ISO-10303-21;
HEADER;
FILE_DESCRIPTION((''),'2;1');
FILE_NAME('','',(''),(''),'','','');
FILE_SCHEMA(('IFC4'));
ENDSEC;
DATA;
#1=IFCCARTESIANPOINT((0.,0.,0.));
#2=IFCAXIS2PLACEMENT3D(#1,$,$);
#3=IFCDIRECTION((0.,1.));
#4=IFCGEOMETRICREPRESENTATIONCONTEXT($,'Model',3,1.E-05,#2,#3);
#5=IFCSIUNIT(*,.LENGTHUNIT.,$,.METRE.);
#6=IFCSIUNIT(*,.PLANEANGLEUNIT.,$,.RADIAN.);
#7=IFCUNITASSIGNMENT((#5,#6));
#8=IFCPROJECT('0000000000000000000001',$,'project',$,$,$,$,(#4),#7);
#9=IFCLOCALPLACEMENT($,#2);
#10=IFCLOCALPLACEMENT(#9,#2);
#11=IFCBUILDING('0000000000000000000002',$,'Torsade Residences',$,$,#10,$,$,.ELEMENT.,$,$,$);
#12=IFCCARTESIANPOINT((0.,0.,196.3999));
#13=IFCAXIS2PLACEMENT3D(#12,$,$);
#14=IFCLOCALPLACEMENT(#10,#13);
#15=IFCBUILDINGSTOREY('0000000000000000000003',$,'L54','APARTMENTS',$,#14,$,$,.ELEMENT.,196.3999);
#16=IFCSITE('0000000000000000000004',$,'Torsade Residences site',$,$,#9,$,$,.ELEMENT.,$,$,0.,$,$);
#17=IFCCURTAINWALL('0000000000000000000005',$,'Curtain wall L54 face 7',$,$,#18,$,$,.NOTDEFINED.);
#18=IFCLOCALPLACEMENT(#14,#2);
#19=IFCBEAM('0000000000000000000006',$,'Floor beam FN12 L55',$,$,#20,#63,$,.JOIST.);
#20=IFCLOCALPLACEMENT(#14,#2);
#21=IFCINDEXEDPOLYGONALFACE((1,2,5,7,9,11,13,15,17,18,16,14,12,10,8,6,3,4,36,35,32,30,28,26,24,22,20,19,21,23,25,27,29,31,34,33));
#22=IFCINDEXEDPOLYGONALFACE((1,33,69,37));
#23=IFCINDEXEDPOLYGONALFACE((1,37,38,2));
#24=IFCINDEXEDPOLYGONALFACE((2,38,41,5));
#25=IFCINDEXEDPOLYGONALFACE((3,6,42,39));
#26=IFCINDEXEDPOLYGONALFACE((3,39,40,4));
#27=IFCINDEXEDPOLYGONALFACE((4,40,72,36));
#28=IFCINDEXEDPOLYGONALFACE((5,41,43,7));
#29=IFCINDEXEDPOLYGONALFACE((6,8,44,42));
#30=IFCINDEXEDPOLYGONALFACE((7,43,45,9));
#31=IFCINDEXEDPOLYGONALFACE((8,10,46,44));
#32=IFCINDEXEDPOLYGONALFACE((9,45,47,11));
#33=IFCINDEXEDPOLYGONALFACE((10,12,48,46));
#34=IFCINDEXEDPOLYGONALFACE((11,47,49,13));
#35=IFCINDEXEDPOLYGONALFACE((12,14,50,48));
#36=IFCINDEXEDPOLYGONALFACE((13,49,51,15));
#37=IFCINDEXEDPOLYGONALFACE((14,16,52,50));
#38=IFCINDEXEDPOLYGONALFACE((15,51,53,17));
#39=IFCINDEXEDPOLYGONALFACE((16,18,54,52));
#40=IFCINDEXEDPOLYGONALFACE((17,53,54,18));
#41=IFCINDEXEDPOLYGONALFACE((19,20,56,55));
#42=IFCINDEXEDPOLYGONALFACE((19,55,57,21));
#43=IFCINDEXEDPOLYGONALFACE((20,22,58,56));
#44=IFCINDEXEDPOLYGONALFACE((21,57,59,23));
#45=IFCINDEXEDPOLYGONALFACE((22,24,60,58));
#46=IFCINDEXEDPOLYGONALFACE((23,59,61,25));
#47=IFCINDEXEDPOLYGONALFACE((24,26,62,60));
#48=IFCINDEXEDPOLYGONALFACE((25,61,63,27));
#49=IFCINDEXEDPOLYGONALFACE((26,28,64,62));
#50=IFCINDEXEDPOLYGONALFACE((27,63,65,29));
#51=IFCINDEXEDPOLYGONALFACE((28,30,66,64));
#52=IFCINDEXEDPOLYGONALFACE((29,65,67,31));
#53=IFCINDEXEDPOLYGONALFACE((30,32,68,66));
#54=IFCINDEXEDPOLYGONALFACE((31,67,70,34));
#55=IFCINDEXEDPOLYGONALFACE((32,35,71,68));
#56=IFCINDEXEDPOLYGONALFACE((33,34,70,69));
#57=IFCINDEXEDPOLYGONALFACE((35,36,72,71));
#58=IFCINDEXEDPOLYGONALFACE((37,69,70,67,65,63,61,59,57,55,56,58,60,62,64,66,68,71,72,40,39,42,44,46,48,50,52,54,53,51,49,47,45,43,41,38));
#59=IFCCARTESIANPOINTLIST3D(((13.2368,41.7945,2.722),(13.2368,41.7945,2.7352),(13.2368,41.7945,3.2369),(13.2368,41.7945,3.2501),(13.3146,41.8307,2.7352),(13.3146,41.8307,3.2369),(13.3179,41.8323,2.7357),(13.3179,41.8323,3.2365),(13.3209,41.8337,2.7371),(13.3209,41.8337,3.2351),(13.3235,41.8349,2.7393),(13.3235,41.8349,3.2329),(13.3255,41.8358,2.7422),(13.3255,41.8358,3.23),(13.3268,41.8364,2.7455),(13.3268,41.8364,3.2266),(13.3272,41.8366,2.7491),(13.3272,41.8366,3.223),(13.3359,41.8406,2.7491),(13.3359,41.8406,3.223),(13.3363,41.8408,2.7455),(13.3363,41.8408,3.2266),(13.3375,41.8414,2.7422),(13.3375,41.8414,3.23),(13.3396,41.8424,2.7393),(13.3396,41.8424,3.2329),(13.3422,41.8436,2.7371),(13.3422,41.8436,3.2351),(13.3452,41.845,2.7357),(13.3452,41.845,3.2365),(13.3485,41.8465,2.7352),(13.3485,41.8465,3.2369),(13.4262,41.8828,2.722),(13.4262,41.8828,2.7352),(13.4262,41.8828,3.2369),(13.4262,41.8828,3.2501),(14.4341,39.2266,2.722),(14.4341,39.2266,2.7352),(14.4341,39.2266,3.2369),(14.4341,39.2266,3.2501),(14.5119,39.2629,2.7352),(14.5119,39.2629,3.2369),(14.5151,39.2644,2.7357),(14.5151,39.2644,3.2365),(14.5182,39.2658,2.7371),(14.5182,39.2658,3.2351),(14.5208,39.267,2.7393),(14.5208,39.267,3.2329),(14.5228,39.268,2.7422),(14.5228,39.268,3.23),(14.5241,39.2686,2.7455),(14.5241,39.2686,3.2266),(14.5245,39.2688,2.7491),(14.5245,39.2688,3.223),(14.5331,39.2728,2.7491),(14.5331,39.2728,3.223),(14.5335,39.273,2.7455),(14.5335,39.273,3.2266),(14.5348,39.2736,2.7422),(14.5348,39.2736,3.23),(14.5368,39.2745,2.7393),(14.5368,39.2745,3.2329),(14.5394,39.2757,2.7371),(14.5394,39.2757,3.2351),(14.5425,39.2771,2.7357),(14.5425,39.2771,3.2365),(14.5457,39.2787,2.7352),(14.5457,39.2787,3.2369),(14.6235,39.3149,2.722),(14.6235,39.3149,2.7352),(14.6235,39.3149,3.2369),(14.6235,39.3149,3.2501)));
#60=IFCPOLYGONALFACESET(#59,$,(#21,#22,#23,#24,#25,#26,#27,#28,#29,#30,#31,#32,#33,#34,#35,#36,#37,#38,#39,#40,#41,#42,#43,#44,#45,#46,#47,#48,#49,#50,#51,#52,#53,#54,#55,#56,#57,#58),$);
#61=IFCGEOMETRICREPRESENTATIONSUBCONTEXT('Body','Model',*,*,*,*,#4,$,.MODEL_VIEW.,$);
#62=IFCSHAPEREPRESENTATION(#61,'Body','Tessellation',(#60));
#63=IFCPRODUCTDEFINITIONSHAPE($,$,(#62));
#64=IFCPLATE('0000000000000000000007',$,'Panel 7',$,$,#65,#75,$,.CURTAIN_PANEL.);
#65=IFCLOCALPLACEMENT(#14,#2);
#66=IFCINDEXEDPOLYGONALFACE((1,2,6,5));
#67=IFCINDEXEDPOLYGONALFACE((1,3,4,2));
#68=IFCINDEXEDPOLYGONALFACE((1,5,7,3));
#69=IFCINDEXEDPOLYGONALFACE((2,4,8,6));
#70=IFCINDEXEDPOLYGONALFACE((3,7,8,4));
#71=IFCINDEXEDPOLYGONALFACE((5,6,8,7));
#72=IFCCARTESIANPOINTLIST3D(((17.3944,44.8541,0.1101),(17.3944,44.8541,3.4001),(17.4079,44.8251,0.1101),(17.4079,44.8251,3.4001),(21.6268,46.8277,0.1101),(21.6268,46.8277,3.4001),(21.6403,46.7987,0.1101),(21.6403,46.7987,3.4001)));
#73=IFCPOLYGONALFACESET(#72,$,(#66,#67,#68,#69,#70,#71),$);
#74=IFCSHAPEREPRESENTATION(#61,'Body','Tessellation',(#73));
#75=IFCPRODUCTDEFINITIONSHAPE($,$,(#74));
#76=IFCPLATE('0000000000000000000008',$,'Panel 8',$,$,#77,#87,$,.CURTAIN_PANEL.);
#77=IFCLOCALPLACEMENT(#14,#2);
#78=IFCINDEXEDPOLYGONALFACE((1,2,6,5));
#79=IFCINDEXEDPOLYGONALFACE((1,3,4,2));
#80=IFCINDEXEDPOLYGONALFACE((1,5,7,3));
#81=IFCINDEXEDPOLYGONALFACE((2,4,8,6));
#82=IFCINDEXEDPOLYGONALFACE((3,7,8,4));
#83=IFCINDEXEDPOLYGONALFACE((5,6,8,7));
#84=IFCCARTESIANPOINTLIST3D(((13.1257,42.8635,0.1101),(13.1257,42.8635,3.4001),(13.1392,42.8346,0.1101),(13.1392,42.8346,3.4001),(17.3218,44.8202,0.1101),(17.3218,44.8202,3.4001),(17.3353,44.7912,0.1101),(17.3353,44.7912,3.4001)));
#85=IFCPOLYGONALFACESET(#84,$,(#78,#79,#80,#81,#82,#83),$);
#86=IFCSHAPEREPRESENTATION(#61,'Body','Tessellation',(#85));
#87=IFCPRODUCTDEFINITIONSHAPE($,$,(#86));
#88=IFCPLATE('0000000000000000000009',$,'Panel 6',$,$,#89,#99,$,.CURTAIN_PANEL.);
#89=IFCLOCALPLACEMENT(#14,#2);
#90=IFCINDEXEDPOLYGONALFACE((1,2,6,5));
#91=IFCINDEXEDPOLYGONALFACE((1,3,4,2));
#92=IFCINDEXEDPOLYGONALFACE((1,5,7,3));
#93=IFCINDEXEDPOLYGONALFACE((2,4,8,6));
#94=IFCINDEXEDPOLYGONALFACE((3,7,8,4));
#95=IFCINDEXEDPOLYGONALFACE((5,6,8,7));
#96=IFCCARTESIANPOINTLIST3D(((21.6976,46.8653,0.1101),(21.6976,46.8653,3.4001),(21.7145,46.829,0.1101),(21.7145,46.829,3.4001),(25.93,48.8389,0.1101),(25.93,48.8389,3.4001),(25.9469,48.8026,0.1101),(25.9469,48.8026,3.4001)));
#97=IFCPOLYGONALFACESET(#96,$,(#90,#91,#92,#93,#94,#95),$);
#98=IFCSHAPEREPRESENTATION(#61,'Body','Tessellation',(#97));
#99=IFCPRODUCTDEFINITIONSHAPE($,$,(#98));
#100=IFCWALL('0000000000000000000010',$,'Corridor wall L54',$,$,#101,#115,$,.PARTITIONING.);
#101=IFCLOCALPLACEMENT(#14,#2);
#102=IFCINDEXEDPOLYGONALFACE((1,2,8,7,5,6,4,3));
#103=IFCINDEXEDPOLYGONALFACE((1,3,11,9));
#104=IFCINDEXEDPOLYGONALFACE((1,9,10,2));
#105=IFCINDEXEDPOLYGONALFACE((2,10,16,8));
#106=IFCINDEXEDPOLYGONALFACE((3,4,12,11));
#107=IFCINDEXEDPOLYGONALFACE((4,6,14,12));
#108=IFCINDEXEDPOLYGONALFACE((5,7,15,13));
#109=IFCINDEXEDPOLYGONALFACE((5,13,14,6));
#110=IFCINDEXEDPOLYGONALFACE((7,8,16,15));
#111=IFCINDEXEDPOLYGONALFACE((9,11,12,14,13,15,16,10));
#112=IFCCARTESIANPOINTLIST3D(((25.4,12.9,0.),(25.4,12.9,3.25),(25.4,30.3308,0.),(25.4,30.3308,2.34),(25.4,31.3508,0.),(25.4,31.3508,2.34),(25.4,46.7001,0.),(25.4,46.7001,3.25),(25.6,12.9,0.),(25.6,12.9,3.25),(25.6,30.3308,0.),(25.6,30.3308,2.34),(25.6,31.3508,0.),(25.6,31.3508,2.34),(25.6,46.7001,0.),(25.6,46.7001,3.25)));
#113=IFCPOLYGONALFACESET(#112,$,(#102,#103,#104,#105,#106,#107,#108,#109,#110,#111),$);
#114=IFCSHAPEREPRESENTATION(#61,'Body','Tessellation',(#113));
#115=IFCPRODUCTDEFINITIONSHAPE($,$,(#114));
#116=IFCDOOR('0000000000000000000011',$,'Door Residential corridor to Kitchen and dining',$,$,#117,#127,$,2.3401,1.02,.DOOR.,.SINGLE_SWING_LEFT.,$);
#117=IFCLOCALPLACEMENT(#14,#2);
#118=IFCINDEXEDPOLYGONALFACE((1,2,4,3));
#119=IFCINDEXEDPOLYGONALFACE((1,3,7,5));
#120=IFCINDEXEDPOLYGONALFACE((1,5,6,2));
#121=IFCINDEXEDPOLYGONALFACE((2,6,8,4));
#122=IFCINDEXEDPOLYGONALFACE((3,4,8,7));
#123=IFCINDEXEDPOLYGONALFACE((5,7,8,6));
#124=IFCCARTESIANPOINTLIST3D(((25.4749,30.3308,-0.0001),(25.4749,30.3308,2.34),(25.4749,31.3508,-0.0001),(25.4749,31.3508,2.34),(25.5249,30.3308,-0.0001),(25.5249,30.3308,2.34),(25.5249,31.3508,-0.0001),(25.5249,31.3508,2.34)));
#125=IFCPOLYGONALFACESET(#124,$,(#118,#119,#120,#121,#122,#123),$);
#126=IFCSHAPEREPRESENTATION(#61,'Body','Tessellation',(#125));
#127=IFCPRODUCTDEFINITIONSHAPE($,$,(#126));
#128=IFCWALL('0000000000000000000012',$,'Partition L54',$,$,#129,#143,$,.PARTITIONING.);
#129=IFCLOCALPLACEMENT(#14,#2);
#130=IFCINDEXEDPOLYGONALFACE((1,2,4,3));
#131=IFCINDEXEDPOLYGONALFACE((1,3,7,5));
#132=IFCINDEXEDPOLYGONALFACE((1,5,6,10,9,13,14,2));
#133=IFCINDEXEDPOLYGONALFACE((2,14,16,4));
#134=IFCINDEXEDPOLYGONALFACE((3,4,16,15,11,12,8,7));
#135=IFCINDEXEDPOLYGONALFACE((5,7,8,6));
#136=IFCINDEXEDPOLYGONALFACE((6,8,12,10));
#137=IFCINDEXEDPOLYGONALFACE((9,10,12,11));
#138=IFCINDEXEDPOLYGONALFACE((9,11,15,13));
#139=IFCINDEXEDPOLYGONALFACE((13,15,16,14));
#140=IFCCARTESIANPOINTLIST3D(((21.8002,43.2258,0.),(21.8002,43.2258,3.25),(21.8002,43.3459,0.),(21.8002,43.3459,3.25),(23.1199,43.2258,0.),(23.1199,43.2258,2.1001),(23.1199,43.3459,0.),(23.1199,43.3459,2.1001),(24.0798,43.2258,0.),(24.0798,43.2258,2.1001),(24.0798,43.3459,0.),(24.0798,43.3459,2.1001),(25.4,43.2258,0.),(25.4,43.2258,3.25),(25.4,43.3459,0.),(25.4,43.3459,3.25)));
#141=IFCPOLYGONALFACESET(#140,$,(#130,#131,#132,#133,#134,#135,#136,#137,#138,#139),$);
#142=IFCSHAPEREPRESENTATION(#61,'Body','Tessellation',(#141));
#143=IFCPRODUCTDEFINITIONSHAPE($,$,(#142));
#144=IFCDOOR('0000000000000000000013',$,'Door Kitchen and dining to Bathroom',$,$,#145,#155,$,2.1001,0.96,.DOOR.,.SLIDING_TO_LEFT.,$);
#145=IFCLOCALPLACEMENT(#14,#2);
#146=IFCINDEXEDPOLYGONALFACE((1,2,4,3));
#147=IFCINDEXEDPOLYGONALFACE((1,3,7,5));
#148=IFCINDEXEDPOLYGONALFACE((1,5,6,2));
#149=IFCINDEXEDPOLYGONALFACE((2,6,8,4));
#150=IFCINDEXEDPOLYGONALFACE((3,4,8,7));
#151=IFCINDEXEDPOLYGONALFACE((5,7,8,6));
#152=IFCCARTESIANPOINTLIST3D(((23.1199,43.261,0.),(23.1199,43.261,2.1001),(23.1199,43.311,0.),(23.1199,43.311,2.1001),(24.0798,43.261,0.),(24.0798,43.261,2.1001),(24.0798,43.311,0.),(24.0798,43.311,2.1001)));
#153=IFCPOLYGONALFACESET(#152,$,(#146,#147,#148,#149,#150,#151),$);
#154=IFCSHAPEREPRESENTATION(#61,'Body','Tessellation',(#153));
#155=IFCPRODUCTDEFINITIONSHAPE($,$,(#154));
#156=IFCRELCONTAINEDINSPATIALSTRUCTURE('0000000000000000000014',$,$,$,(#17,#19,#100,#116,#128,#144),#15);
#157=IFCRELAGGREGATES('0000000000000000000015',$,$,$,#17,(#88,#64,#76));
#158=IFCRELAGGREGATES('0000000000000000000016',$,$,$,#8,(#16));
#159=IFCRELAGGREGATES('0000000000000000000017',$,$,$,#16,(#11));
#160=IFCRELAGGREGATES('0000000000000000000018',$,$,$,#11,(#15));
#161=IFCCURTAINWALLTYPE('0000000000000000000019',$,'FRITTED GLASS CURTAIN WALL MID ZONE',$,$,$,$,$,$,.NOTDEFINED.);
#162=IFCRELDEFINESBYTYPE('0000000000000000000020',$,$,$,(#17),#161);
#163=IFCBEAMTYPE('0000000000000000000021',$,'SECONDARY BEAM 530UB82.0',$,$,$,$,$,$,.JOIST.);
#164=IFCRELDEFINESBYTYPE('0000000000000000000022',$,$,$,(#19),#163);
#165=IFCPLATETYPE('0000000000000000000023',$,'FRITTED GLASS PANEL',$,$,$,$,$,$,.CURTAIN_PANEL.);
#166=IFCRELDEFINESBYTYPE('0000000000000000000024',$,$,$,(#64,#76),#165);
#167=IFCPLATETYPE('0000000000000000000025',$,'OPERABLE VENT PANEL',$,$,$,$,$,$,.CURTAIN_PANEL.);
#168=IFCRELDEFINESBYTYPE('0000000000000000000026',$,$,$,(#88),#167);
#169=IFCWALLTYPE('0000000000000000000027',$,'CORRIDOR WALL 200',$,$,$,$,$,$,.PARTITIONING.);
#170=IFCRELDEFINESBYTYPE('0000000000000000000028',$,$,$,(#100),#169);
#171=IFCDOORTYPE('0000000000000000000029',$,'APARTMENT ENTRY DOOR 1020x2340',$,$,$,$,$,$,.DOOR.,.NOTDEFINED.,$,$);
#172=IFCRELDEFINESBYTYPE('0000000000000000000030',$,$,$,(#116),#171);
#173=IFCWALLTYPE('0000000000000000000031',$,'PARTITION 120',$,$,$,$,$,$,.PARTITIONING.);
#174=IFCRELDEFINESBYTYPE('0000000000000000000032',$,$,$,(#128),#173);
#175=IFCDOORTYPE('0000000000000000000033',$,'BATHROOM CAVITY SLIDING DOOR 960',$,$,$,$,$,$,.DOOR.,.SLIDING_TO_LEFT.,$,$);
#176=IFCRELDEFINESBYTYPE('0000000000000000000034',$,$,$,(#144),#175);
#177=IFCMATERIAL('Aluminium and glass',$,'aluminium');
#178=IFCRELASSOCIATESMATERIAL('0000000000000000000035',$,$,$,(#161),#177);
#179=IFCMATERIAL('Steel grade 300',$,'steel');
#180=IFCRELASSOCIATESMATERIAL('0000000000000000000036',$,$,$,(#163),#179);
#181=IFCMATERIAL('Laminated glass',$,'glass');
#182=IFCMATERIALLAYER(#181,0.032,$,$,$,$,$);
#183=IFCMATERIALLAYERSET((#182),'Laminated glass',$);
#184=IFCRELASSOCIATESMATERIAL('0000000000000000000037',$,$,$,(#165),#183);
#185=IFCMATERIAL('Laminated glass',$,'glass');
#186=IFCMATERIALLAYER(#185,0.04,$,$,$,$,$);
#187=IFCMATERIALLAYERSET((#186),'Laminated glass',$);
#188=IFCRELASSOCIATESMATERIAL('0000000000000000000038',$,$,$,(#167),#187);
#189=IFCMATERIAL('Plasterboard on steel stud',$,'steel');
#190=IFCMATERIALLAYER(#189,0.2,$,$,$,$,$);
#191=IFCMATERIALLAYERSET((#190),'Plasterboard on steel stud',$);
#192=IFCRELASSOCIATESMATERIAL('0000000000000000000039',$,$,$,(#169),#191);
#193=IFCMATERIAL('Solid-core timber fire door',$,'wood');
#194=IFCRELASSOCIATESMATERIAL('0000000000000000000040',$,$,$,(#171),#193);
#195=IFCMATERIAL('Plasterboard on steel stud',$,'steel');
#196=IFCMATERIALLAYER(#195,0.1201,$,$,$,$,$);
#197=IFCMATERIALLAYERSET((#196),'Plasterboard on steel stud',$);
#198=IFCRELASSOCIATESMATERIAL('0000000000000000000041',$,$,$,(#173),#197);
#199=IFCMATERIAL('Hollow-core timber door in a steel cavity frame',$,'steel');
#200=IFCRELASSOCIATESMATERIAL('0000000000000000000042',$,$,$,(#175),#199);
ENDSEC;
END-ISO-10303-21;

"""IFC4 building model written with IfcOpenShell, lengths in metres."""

from ifc_helpers import new_model, si_unit, direction, frame, frame_2d, origin, origin_2d, place, context, subcontext, project, spatial, rectangle, i_section, extrude, material, layer, layer_set, material_profile, profile_set, type_object, element, fill, aggregate, save


model = new_model("IFC4")

# Units and contexts
model_context = context("Model", 3, precision=1e-05, world=origin(), true_north=direction((0.0, 1.0)))
body_context = subcontext(model_context, "Body", "Model", "MODEL_VIEW")
ifc_project = project(units=[si_unit("LENGTHUNIT", "METRE"), si_unit("PLANEANGLEUNIT", "RADIAN")], contexts=[model_context])

# Site, building, storey
site_placement = place(None, origin())
site = spatial("IfcSite", under=ifc_project, at=site_placement, Name="Torsade Residences site", CompositionType="ELEMENT", RefElevation=0.0)
building_placement = place(site_placement, origin())
building = spatial("IfcBuilding", under=site, at=building_placement, Name="Torsade Residences", CompositionType="ELEMENT")
storey_placement = place(building_placement, frame((0.0, 0.0, 196.3999)))
storey = spatial("IfcBuildingStorey", under=building, at=storey_placement, Name="L54", Description="APARTMENTS", CompositionType="ELEMENT", Elevation=196.3999)

# Curtain wall
ifc_material_1 = material(Name="Aluminium and glass", Category="aluminium")
curtain_wall_type = type_object("IfcCurtainWallType", Name="FRITTED GLASS CURTAIN WALL MID ZONE", PredefinedType="NOTDEFINED", material=ifc_material_1)
curtain_wall_placement = place(storey_placement, origin())
curtain_wall = element("IfcCurtainWall", 1, at=curtain_wall_placement, inside=storey, type_object=curtain_wall_type, Name="Curtain wall L54 face 7", PredefinedType="NOTDEFINED")

# Beam
ifc_material_2 = material(Name="Steel grade 300", Category="steel")
ifc_material_profile_1 = material_profile(ifc_material_2, i_section(OverallWidth=0.209, OverallDepth=0.5281, WebThickness=0.0095, FlangeThickness=0.0132, FilletRadius=0.0139, at=origin_2d()), Name="530UB82.0")
ifc_profile_set_1 = profile_set([ifc_material_profile_1], Name="Steel grade 300")
beam_type_1 = type_object("IfcBeamType", Name="SECONDARY BEAM 530UB82.0", PredefinedType="JOIST", material=ifc_profile_set_1)
beam_1_placement = place(storey_placement, frame((13.3315, 41.8386, 2.9861), z_axis=(0.422574, -0.906328, 0.0), x_axis=(0.906328, 0.422574, 0.0)))
element("IfcBeam", 2, at=beam_1_placement, inside=storey, type_object=beam_type_1, Name="Floor beam FN12 L55", PredefinedType="JOIST", context=body_context, shape_type="SweptSolid", body=[
    extrude(i_section(OverallWidth=0.209, OverallDepth=0.5281, WebThickness=0.0095, FlangeThickness=0.0132, FilletRadius=0.0139, at=origin_2d()), origin(), (0.0, 0.0, 1.0), 2.8333),
])

# Plates
ifc_material_3 = material(Name="Laminated glass", Category="glass")
ifc_layer_1 = layer(ifc_material_3, 0.032)
ifc_layer_set_1 = layer_set([ifc_layer_1], Name="Laminated glass")
plate_type_1 = type_object("IfcPlateType", Name="FRITTED GLASS PANEL", PredefinedType="CURTAIN_PANEL", material=ifc_layer_set_1)
plate_1_placement = place(storey_placement, frame((19.5173, 45.8264, 0.1101), z_axis=(0.0, 0.0, 1.0), x_axis=(-0.906308, -0.422618, 0.0)))
plate_1 = element("IfcPlate", 3, at=plate_1_placement, type_object=plate_type_1, Name="Panel 7", PredefinedType="CURTAIN_PANEL", context=body_context, shape_type="SweptSolid", body=[
    extrude(rectangle(XDim=4.6699, YDim=0.032, at=origin_2d()), origin(), (0.0, 0.0, 1.0), 3.29),
])
plate_2_placement = place(storey_placement, frame((15.2305, 43.8274, 0.1101), z_axis=(0.0, 0.0, 1.0), x_axis=(-0.906308, -0.422618, 0.0)))
plate_2 = element("IfcPlate", 4, at=plate_2_placement, type_object=plate_type_1, Name="Panel 8", PredefinedType="CURTAIN_PANEL", context=body_context, shape_type="SweptSolid", body=[
    extrude(rectangle(XDim=4.6299, YDim=0.032, at=origin_2d()), origin(), (0.0, 0.0, 1.0), 3.29),
])
ifc_material_4 = material(Name="Laminated glass", Category="glass")
ifc_layer_2 = layer(ifc_material_4, 0.04)
ifc_layer_set_2 = layer_set([ifc_layer_2], Name="Laminated glass")
plate_type_2 = type_object("IfcPlateType", Name="OPERABLE VENT PANEL", PredefinedType="CURTAIN_PANEL", material=ifc_layer_set_2)
plate_3_placement = place(storey_placement, frame((23.8223, 47.834, 0.1101), z_axis=(0.0, 0.0, 1.0), x_axis=(-0.906308, -0.422618, 0.0)))
plate_3 = element("IfcPlate", 5, at=plate_3_placement, type_object=plate_type_2, Name="Panel 6", PredefinedType="CURTAIN_PANEL", context=body_context, shape_type="SweptSolid", body=[
    extrude(rectangle(XDim=4.6699, YDim=0.04, at=origin_2d()), origin(), (0.0, 0.0, 1.0), 3.29),
])
aggregate(curtain_wall, [plate_3, plate_1, plate_2])

# Walls, openings, doors
ifc_material_5 = material(Name="Plasterboard on steel stud", Category="steel")
ifc_layer_3 = layer(ifc_material_5, 0.2)
ifc_layer_set_3 = layer_set([ifc_layer_3], Name="Plasterboard on steel stud")
wall_type_1 = type_object("IfcWallType", Name="CORRIDOR WALL 200", PredefinedType="PARTITIONING", material=ifc_layer_set_3)
wall_1_placement = place(storey_placement, frame((25.5, 46.7, 0.0), z_axis=(0.0, 0.0, 1.0), x_axis=(0.0, -1.0, 0.0)))
wall_1 = element("IfcWall", 6, at=wall_1_placement, inside=storey, type_object=wall_type_1, Name="Corridor wall L54", PredefinedType="PARTITIONING", context=body_context, shape_type="SweptSolid", body=[
    extrude(rectangle(XDim=33.8, YDim=0.2, at=frame_2d((16.8999, 0.0))), origin(), (0.0, 0.0, 1.0), 3.25),
])
opening_1_placement = place(wall_1_placement, frame((15.3491, 0.0, 0.0)))
opening_1 = element("IfcOpeningElement", 7, at=opening_1_placement, cuts=wall_1, PredefinedType="OPENING", context=body_context, shape_type="SweptSolid", body=[
    extrude(rectangle(XDim=1.02, YDim=2.3401, at=frame_2d((0.51, 1.1699))), frame((0.0, 0.1099, 0.0), z_axis=(0.0, -1.0, 0.0), x_axis=(1.0, 0.0, 0.0)), (0.0, 0.0, 1.0), 0.22),
])
ifc_material_6 = material(Name="Solid-core timber fire door", Category="wood")
door_type_1 = type_object("IfcDoorType", Name="APARTMENT ENTRY DOOR 1020x2340", OperationType="NOTDEFINED", PredefinedType="DOOR", material=ifc_material_6)
door_1_placement = place(opening_1_placement, origin())
door_1 = element("IfcDoor", 8, at=door_1_placement, inside=storey, type_object=door_type_1, Name="Door Residential corridor to Kitchen and dining", OperationType="SINGLE_SWING_LEFT", OverallHeight=2.3401, OverallWidth=1.02, PredefinedType="DOOR", context=body_context, shape_type="SweptSolid", body=[
    extrude(rectangle(XDim=1.02, YDim=2.3401, at=frame_2d((0.51, 1.1699))), frame((0.0, 0.0249, 0.0), z_axis=(0.0, -1.0, 0.0), x_axis=(1.0, 0.0, 0.0)), (0.0, 0.0, 1.0), 0.05),
])
fill(opening_1, door_1)
ifc_material_7 = material(Name="Plasterboard on steel stud", Category="steel")
ifc_layer_4 = layer(ifc_material_7, 0.1201)
ifc_layer_set_4 = layer_set([ifc_layer_4], Name="Plasterboard on steel stud")
wall_type_2 = type_object("IfcWallType", Name="PARTITION 120", PredefinedType="PARTITIONING", material=ifc_layer_set_4)
wall_2_placement = place(storey_placement, frame((25.3999, 43.2859, 0.0), z_axis=(0.0, 0.0, 1.0), x_axis=(-1.0, 0.0, 0.0)))
wall_2 = element("IfcWall", 9, at=wall_2_placement, inside=storey, type_object=wall_type_2, Name="Partition L54", PredefinedType="PARTITIONING", context=body_context, shape_type="SweptSolid", body=[
    extrude(rectangle(XDim=3.5999, YDim=0.1201, at=frame_2d((1.7998, 0.0))), origin(), (0.0, 0.0, 1.0), 3.25),
])
opening_2_placement = place(wall_2_placement, frame((1.3201, 0.0, 0.0)))
opening_2 = element("IfcOpeningElement", 10, at=opening_2_placement, cuts=wall_2, PredefinedType="OPENING", context=body_context, shape_type="SweptSolid", body=[
    extrude(rectangle(XDim=0.96, YDim=2.1001, at=frame_2d((0.48, 1.05))), frame((0.0, 0.0701, 0.0), z_axis=(0.0, -1.0, 0.0), x_axis=(1.0, 0.0, 0.0)), (0.0, 0.0, 1.0), 0.1401),
])
ifc_material_8 = material(Name="Hollow-core timber door in a steel cavity frame", Category="steel")
door_type_2 = type_object("IfcDoorType", Name="BATHROOM CAVITY SLIDING DOOR 960", OperationType="SLIDING_TO_LEFT", PredefinedType="DOOR", material=ifc_material_8)
door_2_placement = place(opening_2_placement, origin())
door_2 = element("IfcDoor", 11, at=door_2_placement, inside=storey, type_object=door_type_2, Name="Door Kitchen and dining to Bathroom", OperationType="SLIDING_TO_LEFT", OverallHeight=2.1001, OverallWidth=0.96, PredefinedType="DOOR", context=body_context, shape_type="SweptSolid", body=[
    extrude(rectangle(XDim=0.96, YDim=2.1001, at=frame_2d((0.48, 1.05))), frame((0.0, 0.0249, 0.0), z_axis=(0.0, -1.0, 0.0), x_axis=(1.0, 0.0, 0.0)), (0.0, 0.0, 1.0), 0.05),
])
fill(opening_2, door_2)

save(model, "model.ifc")
